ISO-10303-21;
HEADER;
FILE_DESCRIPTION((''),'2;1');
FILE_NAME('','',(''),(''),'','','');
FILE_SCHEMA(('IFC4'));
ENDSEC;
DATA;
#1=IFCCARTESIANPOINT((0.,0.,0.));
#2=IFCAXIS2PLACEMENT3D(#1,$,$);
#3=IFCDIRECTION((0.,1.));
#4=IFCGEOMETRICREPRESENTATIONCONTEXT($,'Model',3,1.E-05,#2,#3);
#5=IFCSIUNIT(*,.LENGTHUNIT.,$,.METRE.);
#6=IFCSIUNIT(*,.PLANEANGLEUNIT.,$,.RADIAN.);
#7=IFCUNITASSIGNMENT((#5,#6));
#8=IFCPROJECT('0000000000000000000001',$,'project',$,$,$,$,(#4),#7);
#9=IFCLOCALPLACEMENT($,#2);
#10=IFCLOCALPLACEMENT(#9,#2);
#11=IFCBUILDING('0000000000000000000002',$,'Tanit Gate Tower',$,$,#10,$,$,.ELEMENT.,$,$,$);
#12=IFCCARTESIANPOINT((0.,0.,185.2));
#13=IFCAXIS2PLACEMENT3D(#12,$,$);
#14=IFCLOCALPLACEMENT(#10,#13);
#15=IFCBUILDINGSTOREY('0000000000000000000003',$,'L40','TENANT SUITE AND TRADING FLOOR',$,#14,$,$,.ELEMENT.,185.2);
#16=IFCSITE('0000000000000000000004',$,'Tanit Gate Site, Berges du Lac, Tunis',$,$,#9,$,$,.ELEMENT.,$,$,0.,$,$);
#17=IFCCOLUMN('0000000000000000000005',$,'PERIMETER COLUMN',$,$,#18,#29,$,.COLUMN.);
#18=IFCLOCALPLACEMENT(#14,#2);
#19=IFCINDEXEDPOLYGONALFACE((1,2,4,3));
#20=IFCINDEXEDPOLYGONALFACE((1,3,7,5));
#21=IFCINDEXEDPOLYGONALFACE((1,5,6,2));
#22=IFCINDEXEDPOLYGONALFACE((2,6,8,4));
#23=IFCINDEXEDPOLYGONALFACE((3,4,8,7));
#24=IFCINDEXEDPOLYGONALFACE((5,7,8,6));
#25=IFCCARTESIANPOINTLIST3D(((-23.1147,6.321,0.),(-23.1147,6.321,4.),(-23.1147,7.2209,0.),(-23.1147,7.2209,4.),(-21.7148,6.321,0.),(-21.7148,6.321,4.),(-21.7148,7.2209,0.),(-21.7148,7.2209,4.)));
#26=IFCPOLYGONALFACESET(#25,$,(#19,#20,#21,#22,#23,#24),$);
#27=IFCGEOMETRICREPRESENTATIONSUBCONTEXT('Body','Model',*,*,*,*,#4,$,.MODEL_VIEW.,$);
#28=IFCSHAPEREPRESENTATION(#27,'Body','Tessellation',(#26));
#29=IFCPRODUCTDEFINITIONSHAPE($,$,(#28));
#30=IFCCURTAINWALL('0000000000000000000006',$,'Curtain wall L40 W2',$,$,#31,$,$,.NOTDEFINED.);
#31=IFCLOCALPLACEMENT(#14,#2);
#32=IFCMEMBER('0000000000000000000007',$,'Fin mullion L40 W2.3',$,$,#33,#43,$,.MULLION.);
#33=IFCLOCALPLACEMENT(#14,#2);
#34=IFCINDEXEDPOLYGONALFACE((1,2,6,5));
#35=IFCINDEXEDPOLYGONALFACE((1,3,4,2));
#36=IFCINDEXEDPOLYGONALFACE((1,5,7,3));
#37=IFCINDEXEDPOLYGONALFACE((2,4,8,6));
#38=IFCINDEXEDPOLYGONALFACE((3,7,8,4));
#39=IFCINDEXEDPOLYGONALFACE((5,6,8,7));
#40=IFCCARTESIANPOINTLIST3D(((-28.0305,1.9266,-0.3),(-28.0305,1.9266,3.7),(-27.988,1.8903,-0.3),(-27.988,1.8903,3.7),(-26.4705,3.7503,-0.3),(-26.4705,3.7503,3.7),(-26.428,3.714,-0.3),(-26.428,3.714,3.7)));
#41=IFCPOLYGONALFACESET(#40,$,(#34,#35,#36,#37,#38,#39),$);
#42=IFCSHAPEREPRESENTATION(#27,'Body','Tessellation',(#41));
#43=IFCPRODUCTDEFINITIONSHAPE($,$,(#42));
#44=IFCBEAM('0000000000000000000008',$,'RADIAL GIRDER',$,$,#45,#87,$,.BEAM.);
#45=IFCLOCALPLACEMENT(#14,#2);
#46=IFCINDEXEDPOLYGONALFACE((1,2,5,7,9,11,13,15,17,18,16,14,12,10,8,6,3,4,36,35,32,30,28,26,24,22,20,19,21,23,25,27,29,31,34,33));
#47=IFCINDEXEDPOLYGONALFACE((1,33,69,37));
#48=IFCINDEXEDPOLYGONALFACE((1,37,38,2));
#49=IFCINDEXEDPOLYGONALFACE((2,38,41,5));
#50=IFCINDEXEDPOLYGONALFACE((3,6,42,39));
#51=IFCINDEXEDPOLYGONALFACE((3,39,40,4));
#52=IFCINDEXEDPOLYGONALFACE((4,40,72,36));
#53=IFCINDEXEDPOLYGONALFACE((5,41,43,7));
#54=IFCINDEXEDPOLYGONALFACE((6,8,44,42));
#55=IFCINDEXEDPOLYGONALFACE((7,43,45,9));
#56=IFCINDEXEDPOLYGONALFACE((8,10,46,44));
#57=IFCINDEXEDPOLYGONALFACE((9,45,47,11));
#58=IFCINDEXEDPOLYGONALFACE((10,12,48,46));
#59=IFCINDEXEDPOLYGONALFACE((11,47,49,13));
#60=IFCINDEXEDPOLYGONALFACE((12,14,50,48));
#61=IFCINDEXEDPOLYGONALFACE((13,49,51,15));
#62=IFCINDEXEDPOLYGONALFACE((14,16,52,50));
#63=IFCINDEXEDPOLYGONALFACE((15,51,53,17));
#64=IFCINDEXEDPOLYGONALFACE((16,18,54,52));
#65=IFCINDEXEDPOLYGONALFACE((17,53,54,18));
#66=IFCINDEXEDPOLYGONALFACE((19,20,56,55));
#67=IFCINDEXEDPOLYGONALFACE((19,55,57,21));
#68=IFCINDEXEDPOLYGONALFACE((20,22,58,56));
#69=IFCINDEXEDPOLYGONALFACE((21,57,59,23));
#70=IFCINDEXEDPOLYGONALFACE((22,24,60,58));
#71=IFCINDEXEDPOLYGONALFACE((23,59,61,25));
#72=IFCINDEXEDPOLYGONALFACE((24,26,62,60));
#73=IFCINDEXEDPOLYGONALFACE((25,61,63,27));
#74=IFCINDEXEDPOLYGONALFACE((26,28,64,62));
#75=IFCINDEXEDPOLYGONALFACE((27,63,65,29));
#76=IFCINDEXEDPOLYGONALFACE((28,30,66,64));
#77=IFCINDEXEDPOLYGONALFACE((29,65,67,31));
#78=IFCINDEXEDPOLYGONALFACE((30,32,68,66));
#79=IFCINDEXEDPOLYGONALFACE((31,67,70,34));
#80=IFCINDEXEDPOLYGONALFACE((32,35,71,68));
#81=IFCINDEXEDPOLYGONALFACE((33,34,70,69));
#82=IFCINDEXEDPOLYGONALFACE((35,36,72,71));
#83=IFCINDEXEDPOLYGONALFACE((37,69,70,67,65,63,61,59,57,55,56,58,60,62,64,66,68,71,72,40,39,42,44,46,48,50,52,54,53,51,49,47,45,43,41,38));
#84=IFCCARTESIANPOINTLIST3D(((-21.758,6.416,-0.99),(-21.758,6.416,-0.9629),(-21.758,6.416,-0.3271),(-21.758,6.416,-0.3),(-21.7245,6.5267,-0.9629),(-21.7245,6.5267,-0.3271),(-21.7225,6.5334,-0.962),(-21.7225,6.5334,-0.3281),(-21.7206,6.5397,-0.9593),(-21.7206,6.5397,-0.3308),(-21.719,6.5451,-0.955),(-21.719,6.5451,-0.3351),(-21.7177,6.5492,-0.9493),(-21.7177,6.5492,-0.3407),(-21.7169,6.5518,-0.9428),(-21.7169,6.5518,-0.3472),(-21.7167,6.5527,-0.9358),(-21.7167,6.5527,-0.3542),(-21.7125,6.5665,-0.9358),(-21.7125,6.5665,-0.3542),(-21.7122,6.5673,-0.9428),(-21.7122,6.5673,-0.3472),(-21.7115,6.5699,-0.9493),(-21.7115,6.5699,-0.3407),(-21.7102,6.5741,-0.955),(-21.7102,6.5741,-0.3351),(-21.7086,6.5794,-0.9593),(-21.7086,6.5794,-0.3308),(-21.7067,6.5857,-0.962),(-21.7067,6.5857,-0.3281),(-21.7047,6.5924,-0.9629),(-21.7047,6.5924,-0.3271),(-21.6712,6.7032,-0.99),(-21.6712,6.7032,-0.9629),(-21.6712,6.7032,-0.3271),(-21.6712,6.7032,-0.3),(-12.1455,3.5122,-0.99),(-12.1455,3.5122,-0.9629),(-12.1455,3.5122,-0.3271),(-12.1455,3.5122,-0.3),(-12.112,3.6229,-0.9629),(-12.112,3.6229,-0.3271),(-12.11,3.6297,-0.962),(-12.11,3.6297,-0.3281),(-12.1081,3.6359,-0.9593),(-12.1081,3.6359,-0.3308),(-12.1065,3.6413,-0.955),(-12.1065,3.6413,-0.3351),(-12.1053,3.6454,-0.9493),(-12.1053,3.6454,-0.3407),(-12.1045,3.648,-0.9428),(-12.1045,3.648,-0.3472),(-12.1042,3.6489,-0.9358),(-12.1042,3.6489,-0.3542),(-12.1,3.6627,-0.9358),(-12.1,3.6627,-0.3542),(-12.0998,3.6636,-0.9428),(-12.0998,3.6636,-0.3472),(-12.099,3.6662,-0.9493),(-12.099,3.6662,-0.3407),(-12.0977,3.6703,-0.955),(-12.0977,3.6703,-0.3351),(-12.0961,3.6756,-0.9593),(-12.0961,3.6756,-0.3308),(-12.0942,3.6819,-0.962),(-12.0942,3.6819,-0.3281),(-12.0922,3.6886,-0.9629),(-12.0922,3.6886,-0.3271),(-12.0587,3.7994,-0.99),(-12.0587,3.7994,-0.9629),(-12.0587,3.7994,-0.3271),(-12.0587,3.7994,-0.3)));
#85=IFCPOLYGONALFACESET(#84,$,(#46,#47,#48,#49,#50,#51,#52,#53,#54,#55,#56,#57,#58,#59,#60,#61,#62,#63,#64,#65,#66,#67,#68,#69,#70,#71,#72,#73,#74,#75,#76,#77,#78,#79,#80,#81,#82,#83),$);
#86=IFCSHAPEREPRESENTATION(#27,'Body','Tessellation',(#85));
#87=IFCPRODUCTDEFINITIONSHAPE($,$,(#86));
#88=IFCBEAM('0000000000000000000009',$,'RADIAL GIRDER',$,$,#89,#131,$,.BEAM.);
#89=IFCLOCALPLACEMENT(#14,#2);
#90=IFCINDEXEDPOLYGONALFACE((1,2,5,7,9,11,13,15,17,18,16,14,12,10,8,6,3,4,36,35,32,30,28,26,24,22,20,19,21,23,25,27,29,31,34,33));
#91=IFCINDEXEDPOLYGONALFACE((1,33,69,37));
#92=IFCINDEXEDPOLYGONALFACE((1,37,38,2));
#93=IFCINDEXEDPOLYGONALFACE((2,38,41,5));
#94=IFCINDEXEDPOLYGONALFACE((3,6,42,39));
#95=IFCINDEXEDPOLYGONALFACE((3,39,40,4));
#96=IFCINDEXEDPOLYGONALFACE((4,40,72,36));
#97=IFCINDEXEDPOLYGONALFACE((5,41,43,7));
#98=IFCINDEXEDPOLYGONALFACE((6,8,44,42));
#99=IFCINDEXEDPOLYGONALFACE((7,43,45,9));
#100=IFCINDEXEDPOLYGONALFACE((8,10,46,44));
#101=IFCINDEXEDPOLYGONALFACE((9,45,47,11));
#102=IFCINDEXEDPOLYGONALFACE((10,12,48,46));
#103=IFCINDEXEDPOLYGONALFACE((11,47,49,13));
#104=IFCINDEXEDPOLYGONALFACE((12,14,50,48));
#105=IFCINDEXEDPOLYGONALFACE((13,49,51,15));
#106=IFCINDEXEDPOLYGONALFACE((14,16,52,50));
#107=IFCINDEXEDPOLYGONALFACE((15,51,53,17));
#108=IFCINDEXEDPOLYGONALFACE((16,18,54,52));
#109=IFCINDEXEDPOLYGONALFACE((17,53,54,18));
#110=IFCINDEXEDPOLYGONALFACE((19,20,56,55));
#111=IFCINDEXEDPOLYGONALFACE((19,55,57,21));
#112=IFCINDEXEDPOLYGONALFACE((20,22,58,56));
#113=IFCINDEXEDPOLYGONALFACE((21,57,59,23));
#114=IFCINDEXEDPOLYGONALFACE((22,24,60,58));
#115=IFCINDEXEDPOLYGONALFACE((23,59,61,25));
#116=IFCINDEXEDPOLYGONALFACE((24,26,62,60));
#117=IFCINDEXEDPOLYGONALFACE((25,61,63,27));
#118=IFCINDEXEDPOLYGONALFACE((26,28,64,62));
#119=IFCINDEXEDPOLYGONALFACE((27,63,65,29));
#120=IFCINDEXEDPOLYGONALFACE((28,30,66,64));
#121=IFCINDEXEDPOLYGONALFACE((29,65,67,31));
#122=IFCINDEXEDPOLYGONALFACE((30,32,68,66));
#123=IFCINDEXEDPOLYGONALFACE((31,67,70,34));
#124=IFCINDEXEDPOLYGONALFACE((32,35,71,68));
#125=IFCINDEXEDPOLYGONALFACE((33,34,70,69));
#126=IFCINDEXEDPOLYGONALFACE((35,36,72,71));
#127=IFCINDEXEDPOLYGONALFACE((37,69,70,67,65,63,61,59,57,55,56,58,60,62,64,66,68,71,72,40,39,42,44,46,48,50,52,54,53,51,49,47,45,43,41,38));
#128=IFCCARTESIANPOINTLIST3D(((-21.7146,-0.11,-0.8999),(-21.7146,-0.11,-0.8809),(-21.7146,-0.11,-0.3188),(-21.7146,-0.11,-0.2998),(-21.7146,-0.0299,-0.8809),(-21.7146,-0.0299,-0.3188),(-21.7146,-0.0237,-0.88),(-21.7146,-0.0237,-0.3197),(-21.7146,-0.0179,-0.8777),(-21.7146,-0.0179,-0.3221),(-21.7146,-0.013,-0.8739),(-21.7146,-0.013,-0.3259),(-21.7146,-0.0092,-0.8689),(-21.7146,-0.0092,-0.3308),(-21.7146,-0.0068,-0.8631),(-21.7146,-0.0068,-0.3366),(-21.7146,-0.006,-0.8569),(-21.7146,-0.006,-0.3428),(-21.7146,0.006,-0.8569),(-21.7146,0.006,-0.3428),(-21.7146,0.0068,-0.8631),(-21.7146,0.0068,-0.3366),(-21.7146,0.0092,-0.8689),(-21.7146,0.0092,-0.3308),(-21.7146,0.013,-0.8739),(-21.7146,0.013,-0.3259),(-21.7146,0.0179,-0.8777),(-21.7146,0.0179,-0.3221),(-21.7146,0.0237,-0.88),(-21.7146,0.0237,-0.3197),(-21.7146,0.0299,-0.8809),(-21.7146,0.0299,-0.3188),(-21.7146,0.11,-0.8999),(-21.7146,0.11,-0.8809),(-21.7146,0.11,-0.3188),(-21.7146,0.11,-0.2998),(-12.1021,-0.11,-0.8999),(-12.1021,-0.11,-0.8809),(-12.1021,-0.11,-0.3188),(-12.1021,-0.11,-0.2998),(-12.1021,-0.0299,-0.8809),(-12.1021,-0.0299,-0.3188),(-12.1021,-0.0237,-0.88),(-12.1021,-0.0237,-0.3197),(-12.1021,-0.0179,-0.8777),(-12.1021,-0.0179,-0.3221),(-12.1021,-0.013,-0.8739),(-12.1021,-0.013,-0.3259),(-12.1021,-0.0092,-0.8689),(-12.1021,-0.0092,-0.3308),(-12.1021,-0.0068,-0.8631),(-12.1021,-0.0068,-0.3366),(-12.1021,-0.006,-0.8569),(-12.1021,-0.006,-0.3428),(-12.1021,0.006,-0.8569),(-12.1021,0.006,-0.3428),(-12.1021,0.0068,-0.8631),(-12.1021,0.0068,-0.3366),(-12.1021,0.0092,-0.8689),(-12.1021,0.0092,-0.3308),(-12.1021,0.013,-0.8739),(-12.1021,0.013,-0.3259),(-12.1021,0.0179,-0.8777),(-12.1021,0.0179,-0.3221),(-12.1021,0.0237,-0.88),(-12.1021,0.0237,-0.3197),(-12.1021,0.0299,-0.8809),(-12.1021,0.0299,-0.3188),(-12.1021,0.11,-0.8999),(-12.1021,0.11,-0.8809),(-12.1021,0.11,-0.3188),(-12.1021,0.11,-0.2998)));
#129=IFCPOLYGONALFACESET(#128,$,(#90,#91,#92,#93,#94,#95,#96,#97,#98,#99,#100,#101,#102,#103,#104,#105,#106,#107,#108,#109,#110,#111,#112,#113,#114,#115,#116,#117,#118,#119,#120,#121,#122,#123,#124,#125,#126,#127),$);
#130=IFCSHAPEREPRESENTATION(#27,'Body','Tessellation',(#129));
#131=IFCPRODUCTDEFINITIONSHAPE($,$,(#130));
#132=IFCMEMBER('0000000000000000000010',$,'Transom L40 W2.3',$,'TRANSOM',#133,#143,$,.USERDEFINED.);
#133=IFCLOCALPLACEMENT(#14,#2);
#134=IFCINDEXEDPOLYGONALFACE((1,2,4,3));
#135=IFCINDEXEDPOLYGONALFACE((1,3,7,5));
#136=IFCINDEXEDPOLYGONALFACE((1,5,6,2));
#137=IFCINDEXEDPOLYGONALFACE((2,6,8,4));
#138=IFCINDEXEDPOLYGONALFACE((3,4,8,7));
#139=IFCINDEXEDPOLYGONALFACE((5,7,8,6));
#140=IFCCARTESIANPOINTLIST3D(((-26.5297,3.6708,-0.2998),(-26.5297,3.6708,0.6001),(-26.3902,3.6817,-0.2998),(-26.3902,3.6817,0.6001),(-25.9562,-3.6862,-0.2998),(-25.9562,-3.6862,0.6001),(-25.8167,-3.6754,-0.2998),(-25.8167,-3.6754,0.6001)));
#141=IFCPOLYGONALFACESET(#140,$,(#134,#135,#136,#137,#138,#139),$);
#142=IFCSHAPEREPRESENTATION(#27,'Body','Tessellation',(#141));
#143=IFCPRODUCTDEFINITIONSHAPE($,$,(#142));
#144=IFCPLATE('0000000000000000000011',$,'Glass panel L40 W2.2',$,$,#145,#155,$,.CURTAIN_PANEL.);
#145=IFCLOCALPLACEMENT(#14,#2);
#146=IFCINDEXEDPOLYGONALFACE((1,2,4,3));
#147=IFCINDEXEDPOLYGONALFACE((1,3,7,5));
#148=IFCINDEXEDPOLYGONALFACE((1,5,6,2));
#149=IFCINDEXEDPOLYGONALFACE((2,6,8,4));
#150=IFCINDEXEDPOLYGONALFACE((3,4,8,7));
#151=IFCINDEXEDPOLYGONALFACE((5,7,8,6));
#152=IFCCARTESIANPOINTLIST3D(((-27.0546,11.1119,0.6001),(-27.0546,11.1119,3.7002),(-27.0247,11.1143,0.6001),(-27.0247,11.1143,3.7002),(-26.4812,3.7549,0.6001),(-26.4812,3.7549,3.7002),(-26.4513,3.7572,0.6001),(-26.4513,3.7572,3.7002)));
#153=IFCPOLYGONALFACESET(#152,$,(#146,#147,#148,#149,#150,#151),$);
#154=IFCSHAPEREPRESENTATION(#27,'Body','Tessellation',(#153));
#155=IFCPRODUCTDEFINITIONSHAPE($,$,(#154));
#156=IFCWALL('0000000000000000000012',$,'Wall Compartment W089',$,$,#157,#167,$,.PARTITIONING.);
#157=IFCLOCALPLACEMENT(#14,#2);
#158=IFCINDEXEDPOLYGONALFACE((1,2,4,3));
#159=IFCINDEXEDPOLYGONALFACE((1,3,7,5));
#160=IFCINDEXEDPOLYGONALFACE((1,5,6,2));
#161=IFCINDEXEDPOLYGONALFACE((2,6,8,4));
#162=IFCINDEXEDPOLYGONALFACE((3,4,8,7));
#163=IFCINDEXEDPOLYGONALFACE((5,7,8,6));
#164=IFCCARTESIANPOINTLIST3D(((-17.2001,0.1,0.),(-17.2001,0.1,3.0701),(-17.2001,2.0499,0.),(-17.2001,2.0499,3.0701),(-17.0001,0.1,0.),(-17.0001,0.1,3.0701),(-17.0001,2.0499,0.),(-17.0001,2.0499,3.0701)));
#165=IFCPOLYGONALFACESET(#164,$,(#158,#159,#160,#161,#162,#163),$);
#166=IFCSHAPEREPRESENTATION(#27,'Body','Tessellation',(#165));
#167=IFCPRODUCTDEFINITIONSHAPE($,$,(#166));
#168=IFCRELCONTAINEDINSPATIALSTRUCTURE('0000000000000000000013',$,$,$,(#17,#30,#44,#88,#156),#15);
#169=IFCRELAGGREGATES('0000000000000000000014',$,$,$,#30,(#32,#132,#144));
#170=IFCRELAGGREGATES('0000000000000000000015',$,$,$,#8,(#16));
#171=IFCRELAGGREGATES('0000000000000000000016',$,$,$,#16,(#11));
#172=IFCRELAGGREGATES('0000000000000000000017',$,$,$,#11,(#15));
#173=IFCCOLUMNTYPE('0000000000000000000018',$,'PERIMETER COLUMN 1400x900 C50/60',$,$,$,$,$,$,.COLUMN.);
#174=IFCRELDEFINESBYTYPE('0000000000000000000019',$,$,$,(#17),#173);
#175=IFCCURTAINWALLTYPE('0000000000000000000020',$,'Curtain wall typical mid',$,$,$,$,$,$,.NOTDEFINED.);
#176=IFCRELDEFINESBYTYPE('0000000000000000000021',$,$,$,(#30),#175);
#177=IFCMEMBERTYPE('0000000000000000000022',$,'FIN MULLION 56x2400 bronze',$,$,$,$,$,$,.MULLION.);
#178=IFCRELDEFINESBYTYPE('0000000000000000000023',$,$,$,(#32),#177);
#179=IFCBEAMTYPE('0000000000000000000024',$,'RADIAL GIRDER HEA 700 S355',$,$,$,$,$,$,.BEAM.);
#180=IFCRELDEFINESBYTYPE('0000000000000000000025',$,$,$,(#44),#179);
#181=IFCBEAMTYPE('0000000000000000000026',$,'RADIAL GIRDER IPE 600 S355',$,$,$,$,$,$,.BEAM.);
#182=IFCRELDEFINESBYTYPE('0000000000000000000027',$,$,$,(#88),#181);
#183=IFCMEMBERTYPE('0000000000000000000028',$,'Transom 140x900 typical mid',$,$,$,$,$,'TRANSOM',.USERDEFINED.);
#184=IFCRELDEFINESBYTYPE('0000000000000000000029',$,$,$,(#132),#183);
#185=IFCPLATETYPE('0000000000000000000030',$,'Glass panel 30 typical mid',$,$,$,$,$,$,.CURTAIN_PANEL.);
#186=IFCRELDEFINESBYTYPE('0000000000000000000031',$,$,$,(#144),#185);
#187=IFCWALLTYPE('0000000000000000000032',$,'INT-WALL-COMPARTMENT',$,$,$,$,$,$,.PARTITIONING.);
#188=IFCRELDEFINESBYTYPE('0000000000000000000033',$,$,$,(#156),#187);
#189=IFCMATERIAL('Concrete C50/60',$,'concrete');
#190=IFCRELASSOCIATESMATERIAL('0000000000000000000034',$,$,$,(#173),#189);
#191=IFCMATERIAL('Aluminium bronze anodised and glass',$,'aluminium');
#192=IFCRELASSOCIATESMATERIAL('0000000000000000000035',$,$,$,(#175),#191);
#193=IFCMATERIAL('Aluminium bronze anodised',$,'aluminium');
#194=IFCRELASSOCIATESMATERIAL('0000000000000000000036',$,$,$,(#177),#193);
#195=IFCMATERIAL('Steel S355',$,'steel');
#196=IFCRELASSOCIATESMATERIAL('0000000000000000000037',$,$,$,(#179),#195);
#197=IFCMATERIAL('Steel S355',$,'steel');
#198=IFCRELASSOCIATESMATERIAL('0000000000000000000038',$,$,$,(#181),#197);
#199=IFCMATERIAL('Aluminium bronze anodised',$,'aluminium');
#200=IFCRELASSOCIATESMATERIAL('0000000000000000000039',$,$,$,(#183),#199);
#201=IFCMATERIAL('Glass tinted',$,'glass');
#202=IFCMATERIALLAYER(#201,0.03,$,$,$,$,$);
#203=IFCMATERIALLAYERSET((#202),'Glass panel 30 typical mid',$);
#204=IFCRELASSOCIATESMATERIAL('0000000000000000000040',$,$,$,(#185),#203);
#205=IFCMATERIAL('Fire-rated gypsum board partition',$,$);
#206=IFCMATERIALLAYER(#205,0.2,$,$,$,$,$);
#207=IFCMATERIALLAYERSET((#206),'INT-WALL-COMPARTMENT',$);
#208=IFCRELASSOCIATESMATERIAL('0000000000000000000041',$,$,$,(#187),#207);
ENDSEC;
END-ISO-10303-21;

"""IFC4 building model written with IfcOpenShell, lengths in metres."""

from ifc_helpers import new_model, si_unit, direction, frame, frame_2d, origin, origin_2d, place, context, subcontext, project, spatial, rectangle, i_section, extrude, material, layer, layer_set, material_profile, profile_set, type_object, element, aggregate, save


model = new_model("IFC4")

# Units and contexts
model_context = context("Model", 3, precision=1e-05, world=origin(), true_north=direction((0.0, 1.0)))
body_context = subcontext(model_context, "Body", "Model", "MODEL_VIEW")
ifc_project = project(units=[si_unit("LENGTHUNIT", "METRE"), si_unit("PLANEANGLEUNIT", "RADIAN")], contexts=[model_context])

# Site, building, storey
site_placement = place(None, origin())
site = spatial("IfcSite", under=ifc_project, at=site_placement, Name="Tanit Gate Site, Berges du Lac, Tunis", CompositionType="ELEMENT", RefElevation=0.0)
building_placement = place(site_placement, origin())
building = spatial("IfcBuilding", under=site, at=building_placement, Name="Tanit Gate Tower", CompositionType="ELEMENT")
storey_placement = place(building_placement, frame((0.0, 0.0, 185.2)))
storey = spatial("IfcBuildingStorey", under=building, at=storey_placement, Name="L40", Description="TENANT SUITE AND TRADING FLOOR", CompositionType="ELEMENT", Elevation=185.2)

# Column
ifc_material_1 = material(Name="Concrete C50/60", Category="concrete")
ifc_material_profile_1 = material_profile(ifc_material_1, rectangle(XDim=1.3999, YDim=0.8999, at=origin_2d()), Name="RC 1400x900")
ifc_profile_set_1 = profile_set([ifc_material_profile_1], Name="Concrete C50/60")
column_type = type_object("IfcColumnType", Name="PERIMETER COLUMN 1400x900 C50/60", PredefinedType="COLUMN", material=ifc_profile_set_1)
column_placement = place(storey_placement, frame((-22.4148, 6.771, 0.0), z_axis=(0.0, 0.0, 1.0), x_axis=(-1.0, 0.0, 0.0)))
element("IfcColumn", 1, at=column_placement, inside=storey, type_object=column_type, Name="PERIMETER COLUMN", PredefinedType="COLUMN", context=body_context, shape_type="SweptSolid", body=[
    extrude(rectangle(XDim=1.3999, YDim=0.8999, at=origin_2d()), origin(), (0.0, 0.0, 1.0), 4.0),
])

# Curtain wall, member
ifc_material_2 = material(Name="Aluminium bronze anodised and glass", Category="aluminium")
curtain_wall_type = type_object("IfcCurtainWallType", Name="Curtain wall typical mid", PredefinedType="NOTDEFINED", material=ifc_material_2)
curtain_wall_placement = place(storey_placement, origin())
curtain_wall = element("IfcCurtainWall", 2, at=curtain_wall_placement, inside=storey, type_object=curtain_wall_type, Name="Curtain wall L40 W2", PredefinedType="NOTDEFINED")
ifc_material_3 = material(Name="Aluminium bronze anodised", Category="aluminium")
ifc_material_profile_2 = material_profile(ifc_material_3, rectangle(XDim=2.3999, YDim=0.0559, at=origin_2d()), Name="56x2400 bronze fin mullion")
ifc_profile_set_2 = profile_set([ifc_material_profile_2], Name="Aluminium bronze anodised")
member_type_1 = type_object("IfcMemberType", Name="FIN MULLION 56x2400 bronze", PredefinedType="MULLION", material=ifc_profile_set_2)
member_1_placement = place(storey_placement, frame((-27.2292, 2.8203, -0.3), z_axis=(0.0, 0.0, 1.0), x_axis=(0.650026, 0.759912, 0.0)))
member_1 = element("IfcMember", 3, at=member_1_placement, type_object=member_type_1, Name="Fin mullion L40 W2.3", PredefinedType="MULLION", context=body_context, shape_type="SweptSolid", body=[
    extrude(rectangle(XDim=2.3999, YDim=0.0559, at=origin_2d()), origin(), (0.0, 0.0, 1.0), 4.0),
])

# Beams
ifc_material_4 = material(Name="Steel S355", Category="steel")
ifc_material_profile_3 = material_profile(ifc_material_4, i_section(OverallWidth=0.3, OverallDepth=0.6899, WebThickness=0.0144, FlangeThickness=0.0271, FilletRadius=0.0271, at=origin_2d()), Name="HEA 700")
ifc_profile_set_3 = profile_set([ifc_material_profile_3], Name="Steel S355")
beam_type_1 = type_object("IfcBeamType", Name="RADIAL GIRDER HEA 700 S355", PredefinedType="BEAM", material=ifc_profile_set_3)
beam_1_placement = place(storey_placement, frame((-21.7146, 6.5596, -0.645), z_axis=(0.957275, -0.289179, 0.0), x_axis=(0.289179, 0.957275, 0.0)))
element("IfcBeam", 4, at=beam_1_placement, inside=storey, type_object=beam_type_1, Name="RADIAL GIRDER", PredefinedType="BEAM", context=body_context, shape_type="SweptSolid", body=[
    extrude(i_section(OverallWidth=0.3, OverallDepth=0.6899, WebThickness=0.0144, FlangeThickness=0.0271, FilletRadius=0.0271, at=origin_2d()), origin(), (0.0, 0.0, 1.0), 10.0415),
])
ifc_material_5 = material(Name="Steel S355", Category="steel")
ifc_material_profile_4 = material_profile(ifc_material_5, i_section(OverallWidth=0.22, OverallDepth=0.6001, WebThickness=0.012, FlangeThickness=0.019, FilletRadius=0.0239, at=origin_2d()), Name="IPE 600")
ifc_profile_set_4 = profile_set([ifc_material_profile_4], Name="Steel S355")
beam_type_2 = type_object("IfcBeamType", Name="RADIAL GIRDER IPE 600 S355", PredefinedType="BEAM", material=ifc_profile_set_4)
beam_2_placement = place(storey_placement, frame((-21.7146, 0.0, -0.5999), z_axis=(1.0, 0.0, 0.0), x_axis=(0.0, 1.0, 0.0)))
element("IfcBeam", 5, at=beam_2_placement, inside=storey, type_object=beam_type_2, Name="RADIAL GIRDER", PredefinedType="BEAM", context=body_context, shape_type="SweptSolid", body=[
    extrude(i_section(OverallWidth=0.22, OverallDepth=0.6001, WebThickness=0.012, FlangeThickness=0.019, FilletRadius=0.0239, at=origin_2d()), origin(), (0.0, 0.0, 1.0), 9.6125),
])

# Member
ifc_material_6 = material(Name="Aluminium bronze anodised", Category="aluminium")
ifc_material_profile_5 = material_profile(ifc_material_6, rectangle(XDim=0.1399, YDim=0.8999, at=origin_2d()), Name="140x900 bronze transom")
ifc_profile_set_5 = profile_set([ifc_material_profile_5], Name="Aluminium bronze anodised")
member_type_2 = type_object("IfcMemberType", Name="Transom 140x900 typical mid", ElementType="TRANSOM", PredefinedType="USERDEFINED", material=ifc_profile_set_5)
member_2_placement = place(storey_placement, frame((-26.46, 3.6763, 0.1501), z_axis=(0.077713, -0.996976, 0.0), x_axis=(0.996976, 0.077713, 0.0)))
member_2 = element("IfcMember", 6, at=member_2_placement, type_object=member_type_2, Name="Transom L40 W2.3", ObjectType="TRANSOM", PredefinedType="USERDEFINED", context=body_context, shape_type="SweptSolid", body=[
    extrude(rectangle(XDim=0.1399, YDim=0.8999, at=origin_2d()), origin(), (0.0, 0.0, 1.0), 7.3794),
])

# Plate
ifc_material_7 = material(Name="Glass tinted", Category="glass")
ifc_layer_1 = layer(ifc_material_7, 0.03)
ifc_layer_set_1 = layer_set([ifc_layer_1], Name="Glass panel 30 typical mid")
plate_type = type_object("IfcPlateType", Name="Glass panel 30 typical mid", PredefinedType="CURTAIN_PANEL", material=ifc_layer_set_1)
plate_placement = place(storey_placement, frame((-26.7529, 7.4346, 0.6001), z_axis=(0.0, 0.0, 1.0), x_axis=(0.077701, -0.996977, 0.0)))
plate = element("IfcPlate", 7, at=plate_placement, type_object=plate_type, Name="Glass panel L40 W2.2", PredefinedType="CURTAIN_PANEL", context=body_context, shape_type="SweptSolid", body=[
    extrude(rectangle(XDim=7.3794, YDim=0.03, at=origin_2d()), origin(), (0.0, 0.0, 1.0), 3.1001),
])
aggregate(curtain_wall, [member_1, member_2, plate])

# Wall
ifc_material_8 = material(Name="Fire-rated gypsum board partition")
ifc_layer_2 = layer(ifc_material_8, 0.2)
ifc_layer_set_2 = layer_set([ifc_layer_2], Name="INT-WALL-COMPARTMENT")
wall_type_1 = type_object("IfcWallType", Name="INT-WALL-COMPARTMENT", PredefinedType="PARTITIONING", material=ifc_layer_set_2)
wall_1_placement = place(storey_placement, frame((-17.1001, 2.05, 0.0), z_axis=(0.0, 0.0, 1.0), x_axis=(0.0, -1.0, 0.0)))
element("IfcWall", 8, at=wall_1_placement, inside=storey, type_object=wall_type_1, Name="Wall Compartment W089", PredefinedType="PARTITIONING", context=body_context, shape_type="SweptSolid", body=[
    extrude(rectangle(XDim=1.95, YDim=0.2, at=frame_2d((0.9751, 0.0))), origin(), (0.0, 0.0, 1.0), 3.0701),
])

save(model, "model.ifc")
